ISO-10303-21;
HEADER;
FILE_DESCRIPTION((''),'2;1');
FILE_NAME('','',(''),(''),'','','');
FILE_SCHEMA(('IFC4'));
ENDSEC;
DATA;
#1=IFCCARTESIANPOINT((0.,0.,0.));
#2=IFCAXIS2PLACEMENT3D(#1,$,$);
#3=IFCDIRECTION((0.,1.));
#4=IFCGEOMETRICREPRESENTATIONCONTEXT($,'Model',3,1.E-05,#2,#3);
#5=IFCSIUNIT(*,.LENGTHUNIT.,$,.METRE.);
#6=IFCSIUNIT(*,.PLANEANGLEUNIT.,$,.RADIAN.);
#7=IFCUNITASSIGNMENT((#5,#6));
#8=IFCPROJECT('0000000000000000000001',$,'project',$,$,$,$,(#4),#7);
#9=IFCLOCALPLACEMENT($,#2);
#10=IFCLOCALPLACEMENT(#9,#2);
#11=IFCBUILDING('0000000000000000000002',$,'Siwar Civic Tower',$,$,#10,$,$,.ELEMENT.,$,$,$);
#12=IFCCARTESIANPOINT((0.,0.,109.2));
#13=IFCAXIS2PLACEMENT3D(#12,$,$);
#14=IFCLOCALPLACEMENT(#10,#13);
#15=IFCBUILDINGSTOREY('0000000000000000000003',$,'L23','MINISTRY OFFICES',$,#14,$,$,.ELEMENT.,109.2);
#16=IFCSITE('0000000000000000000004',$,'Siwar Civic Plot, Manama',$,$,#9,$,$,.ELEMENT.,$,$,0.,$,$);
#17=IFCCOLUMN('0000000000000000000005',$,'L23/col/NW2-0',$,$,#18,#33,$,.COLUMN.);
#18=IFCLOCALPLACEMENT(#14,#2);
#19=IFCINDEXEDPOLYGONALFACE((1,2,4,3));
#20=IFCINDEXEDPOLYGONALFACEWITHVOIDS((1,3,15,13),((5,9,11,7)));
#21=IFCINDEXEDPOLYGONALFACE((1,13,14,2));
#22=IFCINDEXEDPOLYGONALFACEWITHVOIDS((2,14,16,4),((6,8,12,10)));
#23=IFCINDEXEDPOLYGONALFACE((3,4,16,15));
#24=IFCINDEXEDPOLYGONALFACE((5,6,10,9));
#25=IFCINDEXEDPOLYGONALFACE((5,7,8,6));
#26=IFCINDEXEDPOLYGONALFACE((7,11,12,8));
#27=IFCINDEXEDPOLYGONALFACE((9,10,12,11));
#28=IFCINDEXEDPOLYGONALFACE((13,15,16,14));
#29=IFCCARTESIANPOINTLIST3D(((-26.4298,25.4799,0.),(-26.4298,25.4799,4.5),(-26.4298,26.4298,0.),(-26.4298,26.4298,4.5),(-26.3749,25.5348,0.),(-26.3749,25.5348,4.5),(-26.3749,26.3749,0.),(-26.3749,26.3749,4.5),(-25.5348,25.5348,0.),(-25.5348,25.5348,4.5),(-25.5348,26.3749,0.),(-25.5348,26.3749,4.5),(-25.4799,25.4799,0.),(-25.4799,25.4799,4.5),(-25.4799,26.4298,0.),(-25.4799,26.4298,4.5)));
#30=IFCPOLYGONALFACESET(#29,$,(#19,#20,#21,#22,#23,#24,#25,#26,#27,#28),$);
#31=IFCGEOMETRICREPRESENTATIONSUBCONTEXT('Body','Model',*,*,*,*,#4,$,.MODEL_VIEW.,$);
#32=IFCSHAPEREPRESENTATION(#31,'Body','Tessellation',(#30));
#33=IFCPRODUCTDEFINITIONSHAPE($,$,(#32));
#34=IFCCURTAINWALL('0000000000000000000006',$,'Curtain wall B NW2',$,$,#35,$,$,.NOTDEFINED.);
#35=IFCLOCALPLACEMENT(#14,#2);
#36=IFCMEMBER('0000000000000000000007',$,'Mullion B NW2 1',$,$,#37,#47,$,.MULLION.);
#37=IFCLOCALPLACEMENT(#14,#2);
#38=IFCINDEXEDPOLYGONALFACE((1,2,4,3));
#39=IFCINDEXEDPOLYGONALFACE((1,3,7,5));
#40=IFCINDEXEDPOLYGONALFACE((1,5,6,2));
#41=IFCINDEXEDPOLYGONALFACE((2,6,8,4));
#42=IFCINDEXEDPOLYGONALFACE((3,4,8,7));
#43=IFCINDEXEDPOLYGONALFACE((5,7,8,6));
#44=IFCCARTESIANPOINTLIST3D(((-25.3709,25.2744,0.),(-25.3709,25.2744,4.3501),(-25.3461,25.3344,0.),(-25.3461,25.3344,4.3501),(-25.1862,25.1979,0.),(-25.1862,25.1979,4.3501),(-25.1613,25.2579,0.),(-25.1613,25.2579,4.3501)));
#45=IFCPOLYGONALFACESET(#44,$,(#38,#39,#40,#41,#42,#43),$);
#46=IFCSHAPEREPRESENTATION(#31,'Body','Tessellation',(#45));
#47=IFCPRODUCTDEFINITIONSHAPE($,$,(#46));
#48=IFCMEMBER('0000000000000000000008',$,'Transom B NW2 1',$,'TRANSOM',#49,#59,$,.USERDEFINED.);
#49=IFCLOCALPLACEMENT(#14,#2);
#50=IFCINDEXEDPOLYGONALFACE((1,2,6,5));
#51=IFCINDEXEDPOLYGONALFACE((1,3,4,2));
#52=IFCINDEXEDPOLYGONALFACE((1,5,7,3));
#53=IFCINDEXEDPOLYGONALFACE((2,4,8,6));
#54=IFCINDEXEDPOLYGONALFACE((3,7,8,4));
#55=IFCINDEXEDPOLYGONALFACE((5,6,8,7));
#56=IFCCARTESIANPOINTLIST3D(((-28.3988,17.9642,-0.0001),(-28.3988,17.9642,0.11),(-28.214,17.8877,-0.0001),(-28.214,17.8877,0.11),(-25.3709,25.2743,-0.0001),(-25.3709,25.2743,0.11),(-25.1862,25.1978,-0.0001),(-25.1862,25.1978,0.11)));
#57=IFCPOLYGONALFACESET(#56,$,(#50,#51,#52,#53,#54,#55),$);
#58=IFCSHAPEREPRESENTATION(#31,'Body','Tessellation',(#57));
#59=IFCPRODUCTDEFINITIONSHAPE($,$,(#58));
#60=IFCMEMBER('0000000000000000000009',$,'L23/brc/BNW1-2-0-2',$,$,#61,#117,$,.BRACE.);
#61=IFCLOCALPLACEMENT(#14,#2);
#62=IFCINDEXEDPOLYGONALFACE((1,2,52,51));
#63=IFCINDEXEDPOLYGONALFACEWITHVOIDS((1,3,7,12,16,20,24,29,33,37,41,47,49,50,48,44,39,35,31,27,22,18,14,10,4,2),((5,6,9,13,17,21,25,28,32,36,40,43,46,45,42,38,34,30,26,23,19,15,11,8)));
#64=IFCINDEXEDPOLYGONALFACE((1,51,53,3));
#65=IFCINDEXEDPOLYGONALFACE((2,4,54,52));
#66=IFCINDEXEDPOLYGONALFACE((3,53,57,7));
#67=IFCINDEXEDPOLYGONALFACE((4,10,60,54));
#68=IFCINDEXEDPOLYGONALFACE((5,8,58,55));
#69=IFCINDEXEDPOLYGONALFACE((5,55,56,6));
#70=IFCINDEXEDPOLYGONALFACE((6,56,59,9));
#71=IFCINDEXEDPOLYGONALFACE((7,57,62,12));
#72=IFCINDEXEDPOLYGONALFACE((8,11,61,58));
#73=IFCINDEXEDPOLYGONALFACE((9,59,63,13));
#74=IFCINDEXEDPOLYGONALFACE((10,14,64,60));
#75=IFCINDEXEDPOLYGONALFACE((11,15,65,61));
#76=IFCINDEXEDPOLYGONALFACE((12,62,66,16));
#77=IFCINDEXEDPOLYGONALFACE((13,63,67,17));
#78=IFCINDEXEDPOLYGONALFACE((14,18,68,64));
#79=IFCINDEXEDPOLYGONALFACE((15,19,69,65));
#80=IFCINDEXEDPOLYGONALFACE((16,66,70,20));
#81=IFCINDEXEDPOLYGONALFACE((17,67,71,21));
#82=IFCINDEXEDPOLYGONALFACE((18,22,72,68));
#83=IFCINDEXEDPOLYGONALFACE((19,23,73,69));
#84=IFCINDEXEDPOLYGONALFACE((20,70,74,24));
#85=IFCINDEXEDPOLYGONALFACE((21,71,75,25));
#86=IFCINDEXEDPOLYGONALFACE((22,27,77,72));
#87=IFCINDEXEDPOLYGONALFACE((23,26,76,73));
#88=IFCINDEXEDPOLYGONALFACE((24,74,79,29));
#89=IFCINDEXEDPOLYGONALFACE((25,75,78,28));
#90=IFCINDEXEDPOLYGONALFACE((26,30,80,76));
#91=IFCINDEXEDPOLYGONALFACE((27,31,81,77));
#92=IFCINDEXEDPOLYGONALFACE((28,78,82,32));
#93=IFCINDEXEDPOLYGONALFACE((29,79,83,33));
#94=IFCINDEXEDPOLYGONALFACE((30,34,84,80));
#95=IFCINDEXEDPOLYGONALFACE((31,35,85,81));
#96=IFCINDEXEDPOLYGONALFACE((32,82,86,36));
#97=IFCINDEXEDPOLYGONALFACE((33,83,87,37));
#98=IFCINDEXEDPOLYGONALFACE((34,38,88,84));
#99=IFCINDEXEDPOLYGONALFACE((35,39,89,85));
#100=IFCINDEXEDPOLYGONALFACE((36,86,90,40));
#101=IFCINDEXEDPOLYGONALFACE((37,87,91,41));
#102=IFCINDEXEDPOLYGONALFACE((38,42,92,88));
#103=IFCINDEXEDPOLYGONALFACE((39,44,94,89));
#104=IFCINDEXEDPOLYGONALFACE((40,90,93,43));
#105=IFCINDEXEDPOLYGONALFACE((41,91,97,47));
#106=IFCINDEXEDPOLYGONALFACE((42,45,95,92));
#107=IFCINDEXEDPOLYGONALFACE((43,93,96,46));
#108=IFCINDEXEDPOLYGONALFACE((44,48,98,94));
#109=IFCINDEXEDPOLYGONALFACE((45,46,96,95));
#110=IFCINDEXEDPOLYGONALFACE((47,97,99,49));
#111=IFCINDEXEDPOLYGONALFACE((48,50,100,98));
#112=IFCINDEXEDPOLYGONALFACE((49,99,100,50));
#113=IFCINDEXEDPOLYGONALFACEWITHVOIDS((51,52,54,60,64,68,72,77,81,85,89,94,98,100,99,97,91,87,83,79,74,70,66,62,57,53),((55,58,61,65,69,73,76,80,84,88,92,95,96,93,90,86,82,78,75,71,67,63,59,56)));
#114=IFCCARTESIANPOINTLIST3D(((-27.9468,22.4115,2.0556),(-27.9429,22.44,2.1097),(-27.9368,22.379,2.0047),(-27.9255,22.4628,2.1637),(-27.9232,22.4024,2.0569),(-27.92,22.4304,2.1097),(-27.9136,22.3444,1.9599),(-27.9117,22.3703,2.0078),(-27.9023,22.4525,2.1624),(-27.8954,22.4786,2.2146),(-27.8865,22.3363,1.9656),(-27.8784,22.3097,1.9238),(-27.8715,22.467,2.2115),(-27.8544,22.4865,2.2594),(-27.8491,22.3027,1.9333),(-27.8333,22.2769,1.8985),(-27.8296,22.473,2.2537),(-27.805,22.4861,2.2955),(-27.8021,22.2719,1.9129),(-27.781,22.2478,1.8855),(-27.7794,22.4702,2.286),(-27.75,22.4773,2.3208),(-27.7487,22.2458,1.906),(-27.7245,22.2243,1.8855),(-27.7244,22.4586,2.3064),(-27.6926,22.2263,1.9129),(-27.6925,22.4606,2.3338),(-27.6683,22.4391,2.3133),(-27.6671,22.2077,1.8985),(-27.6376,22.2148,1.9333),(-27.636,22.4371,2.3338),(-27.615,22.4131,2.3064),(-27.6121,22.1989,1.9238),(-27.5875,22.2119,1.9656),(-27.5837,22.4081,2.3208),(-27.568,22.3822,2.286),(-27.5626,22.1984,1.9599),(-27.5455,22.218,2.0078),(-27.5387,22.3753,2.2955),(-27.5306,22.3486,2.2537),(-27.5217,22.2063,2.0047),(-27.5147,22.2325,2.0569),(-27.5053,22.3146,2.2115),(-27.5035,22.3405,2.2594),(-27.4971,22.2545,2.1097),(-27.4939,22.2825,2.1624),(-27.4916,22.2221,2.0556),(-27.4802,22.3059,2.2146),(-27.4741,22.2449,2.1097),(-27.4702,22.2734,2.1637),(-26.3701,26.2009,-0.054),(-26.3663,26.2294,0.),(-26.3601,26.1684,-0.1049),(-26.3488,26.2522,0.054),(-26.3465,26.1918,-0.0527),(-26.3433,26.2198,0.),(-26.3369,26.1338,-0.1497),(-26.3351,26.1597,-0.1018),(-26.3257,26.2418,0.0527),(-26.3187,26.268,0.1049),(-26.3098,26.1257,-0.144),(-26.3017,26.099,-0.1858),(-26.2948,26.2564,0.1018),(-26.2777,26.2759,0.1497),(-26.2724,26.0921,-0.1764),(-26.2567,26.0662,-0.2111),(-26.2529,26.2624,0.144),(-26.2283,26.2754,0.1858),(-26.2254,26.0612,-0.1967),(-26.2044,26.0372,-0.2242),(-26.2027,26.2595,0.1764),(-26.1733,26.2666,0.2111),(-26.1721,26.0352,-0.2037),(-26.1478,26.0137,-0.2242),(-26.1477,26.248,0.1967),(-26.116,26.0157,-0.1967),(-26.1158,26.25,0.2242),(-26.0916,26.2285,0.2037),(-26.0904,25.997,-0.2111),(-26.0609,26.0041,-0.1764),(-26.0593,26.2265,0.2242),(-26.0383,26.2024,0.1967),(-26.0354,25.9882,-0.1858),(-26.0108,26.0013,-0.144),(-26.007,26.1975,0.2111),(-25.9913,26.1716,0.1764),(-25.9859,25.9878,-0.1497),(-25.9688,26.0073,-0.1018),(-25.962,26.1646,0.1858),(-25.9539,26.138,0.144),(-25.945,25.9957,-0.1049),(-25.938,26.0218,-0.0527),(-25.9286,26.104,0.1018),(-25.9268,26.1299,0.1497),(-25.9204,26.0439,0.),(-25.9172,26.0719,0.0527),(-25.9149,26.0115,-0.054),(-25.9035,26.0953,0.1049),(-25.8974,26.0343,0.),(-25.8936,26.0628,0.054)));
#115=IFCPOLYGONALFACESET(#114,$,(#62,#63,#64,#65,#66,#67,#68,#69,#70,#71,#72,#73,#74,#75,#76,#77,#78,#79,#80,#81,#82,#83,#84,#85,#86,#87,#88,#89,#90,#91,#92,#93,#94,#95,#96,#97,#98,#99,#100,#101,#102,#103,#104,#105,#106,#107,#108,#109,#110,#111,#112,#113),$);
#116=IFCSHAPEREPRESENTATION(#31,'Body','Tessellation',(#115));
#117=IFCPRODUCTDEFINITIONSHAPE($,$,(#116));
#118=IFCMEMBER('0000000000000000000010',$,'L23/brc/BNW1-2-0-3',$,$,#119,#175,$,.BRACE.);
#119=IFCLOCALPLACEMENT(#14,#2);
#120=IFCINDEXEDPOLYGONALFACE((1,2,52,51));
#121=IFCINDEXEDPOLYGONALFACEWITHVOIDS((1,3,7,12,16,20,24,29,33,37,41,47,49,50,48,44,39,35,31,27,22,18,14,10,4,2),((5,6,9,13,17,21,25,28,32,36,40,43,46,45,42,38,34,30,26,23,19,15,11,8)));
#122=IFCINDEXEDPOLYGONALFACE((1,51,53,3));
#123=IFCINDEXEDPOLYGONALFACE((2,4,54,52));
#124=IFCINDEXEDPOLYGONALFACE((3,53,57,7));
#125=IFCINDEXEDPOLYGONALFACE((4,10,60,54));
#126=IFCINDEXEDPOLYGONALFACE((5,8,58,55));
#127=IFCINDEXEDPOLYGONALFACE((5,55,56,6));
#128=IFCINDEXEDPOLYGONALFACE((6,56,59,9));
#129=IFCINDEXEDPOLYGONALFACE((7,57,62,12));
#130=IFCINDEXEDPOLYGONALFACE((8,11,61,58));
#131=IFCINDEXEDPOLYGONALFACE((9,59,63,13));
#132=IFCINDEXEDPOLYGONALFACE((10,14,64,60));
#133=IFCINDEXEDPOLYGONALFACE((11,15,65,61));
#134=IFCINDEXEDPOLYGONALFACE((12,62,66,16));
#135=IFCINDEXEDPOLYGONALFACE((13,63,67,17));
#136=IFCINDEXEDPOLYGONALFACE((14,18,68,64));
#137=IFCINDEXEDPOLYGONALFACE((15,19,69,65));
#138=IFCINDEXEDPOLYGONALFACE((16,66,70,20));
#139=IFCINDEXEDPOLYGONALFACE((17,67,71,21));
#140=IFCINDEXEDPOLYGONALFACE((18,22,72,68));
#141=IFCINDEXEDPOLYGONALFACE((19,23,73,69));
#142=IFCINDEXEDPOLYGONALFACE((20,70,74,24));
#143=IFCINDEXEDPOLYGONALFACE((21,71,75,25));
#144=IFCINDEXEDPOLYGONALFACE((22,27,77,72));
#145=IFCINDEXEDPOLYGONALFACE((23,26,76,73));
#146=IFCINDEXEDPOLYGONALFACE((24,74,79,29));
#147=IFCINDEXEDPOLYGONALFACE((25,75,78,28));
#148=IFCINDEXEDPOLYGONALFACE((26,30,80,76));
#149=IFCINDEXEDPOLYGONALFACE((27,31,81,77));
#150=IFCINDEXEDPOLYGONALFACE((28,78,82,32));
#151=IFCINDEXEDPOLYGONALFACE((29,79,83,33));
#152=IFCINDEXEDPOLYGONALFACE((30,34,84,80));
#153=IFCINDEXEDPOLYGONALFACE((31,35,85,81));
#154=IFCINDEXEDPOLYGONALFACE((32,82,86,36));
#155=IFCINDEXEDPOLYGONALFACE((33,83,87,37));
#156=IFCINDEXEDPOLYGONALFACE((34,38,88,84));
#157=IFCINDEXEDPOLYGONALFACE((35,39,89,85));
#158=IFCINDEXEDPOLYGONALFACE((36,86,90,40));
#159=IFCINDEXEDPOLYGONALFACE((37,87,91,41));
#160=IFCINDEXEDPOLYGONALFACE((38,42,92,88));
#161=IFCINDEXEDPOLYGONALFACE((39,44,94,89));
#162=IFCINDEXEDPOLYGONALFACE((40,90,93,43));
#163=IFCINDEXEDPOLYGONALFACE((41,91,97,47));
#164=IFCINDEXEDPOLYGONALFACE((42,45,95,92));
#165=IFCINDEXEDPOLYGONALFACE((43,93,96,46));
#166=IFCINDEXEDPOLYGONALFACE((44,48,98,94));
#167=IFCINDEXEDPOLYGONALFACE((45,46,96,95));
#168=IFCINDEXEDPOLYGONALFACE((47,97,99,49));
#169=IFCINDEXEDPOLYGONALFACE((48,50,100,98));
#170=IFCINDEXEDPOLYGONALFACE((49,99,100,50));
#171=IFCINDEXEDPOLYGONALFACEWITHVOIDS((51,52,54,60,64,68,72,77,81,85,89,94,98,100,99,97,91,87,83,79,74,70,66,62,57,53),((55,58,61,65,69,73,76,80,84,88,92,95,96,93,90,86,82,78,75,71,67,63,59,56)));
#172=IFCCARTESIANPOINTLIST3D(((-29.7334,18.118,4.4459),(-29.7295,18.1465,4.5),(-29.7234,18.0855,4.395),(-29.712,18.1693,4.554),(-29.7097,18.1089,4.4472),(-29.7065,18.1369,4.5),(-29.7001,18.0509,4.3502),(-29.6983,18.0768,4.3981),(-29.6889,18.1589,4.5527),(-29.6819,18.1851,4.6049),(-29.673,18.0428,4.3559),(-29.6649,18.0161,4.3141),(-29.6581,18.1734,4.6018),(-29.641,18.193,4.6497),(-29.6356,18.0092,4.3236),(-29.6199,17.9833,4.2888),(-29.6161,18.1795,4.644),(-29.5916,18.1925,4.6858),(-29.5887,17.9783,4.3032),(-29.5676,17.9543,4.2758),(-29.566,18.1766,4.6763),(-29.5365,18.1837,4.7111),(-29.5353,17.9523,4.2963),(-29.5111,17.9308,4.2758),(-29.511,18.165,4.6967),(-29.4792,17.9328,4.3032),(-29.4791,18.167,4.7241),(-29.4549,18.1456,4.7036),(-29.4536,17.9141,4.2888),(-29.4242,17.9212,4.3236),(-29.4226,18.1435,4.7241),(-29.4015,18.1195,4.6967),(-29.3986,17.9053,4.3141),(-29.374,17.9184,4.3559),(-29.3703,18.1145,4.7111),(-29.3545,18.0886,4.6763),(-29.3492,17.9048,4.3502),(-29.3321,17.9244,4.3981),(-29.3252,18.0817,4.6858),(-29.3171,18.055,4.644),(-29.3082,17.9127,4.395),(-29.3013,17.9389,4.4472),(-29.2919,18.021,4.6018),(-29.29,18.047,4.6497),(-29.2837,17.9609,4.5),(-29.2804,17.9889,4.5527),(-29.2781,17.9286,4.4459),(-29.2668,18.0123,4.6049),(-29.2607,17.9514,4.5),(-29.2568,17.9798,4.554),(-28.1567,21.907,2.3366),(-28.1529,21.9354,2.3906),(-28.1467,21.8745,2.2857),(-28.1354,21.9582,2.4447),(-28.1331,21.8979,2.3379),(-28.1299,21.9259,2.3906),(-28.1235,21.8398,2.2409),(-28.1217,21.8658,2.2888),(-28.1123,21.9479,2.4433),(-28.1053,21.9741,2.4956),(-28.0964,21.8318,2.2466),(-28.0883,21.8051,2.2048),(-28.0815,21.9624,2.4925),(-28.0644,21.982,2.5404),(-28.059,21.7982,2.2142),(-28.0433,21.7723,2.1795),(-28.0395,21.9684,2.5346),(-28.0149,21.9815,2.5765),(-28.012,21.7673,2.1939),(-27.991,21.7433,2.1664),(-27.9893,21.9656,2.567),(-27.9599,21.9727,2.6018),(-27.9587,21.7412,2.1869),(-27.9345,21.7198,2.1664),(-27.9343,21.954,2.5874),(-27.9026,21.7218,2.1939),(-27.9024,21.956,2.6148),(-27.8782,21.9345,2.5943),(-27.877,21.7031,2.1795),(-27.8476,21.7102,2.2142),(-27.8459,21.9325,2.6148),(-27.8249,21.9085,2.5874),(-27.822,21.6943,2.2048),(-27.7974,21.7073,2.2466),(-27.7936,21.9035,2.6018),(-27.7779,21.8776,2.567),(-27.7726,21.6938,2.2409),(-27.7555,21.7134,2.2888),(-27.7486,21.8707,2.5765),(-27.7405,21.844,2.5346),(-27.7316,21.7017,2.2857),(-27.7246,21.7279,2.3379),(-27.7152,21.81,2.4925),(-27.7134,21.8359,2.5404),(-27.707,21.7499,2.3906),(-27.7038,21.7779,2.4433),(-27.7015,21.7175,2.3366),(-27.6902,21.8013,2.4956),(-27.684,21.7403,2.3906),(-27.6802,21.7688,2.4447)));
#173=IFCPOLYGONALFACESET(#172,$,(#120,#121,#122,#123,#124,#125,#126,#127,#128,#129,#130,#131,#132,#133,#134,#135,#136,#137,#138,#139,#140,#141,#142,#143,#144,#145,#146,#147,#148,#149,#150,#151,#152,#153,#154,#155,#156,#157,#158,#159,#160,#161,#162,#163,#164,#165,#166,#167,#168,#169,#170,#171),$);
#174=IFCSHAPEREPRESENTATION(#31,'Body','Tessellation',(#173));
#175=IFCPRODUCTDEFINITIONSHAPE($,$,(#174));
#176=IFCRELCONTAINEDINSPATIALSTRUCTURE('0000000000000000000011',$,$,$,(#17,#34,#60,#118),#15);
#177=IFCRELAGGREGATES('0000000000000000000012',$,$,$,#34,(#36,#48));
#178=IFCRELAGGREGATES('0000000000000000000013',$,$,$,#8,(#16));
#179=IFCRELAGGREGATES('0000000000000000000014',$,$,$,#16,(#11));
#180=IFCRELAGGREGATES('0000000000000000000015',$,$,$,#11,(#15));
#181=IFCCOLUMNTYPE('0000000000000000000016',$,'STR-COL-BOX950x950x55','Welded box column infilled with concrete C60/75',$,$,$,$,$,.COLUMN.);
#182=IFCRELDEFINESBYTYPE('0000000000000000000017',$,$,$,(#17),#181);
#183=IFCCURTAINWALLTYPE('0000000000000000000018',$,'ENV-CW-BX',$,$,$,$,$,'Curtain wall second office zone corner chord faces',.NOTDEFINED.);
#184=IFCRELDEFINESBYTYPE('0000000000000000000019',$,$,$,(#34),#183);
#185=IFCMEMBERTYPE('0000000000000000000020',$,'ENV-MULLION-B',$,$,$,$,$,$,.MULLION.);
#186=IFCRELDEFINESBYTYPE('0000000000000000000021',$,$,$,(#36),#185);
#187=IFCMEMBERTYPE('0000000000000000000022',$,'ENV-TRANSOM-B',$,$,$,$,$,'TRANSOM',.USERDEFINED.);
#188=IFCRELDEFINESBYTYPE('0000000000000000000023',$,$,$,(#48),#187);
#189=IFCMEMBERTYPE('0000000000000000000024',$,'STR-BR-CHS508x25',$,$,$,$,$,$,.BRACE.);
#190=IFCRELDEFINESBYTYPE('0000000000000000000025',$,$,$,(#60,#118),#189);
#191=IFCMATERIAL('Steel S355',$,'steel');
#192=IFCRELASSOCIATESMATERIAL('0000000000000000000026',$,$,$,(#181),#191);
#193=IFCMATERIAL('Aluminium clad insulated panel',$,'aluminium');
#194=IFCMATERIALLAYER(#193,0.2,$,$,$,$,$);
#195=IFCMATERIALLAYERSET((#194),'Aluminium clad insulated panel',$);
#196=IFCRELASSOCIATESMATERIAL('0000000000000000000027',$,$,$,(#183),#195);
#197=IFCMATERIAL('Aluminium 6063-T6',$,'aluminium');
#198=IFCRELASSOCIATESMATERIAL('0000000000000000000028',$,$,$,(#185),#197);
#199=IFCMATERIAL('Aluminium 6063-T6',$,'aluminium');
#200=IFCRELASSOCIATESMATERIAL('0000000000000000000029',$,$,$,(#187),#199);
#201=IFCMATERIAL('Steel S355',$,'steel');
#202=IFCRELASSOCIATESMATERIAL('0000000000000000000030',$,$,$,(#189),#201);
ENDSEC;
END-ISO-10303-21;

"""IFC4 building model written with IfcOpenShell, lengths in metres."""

from ifc_helpers import new_model, si_unit, direction, frame, origin, origin_2d, place, context, subcontext, project, spatial, rectangle, hollow_rectangle, hollow_circle, extrude, material, layer, layer_set, material_profile, profile_set, type_object, element, aggregate, save


model = new_model("IFC4")

# Units and contexts
model_context = context("Model", 3, precision=1e-05, world=origin(), true_north=direction((0.0, 1.0)))
body_context = subcontext(model_context, "Body", "Model", "MODEL_VIEW")
ifc_project = project(units=[si_unit("LENGTHUNIT", "METRE"), si_unit("PLANEANGLEUNIT", "RADIAN")], contexts=[model_context])

# Site, building, storey
site_placement = place(None, origin())
site = spatial("IfcSite", under=ifc_project, at=site_placement, Name="Siwar Civic Plot, Manama", CompositionType="ELEMENT", RefElevation=0.0)
building_placement = place(site_placement, origin())
building = spatial("IfcBuilding", under=site, at=building_placement, Name="Siwar Civic Tower", CompositionType="ELEMENT")
storey_placement = place(building_placement, frame((0.0, 0.0, 109.2)))
storey = spatial("IfcBuildingStorey", under=building, at=storey_placement, Name="L23", Description="MINISTRY OFFICES", CompositionType="ELEMENT", Elevation=109.2)

# Column
ifc_material_1 = material(Name="Steel S355", Category="steel")
ifc_material_profile_1 = material_profile(ifc_material_1, hollow_rectangle(XDim=0.95, YDim=0.95, WallThickness=0.0549, at=origin_2d()), Name="BOX950x950x55")
ifc_profile_set_1 = profile_set([ifc_material_profile_1], Name="Steel S355")
column_type = type_object("IfcColumnType", Name="STR-COL-BOX950x950x55", Description="Welded box column infilled with concrete C60/75", PredefinedType="COLUMN", material=ifc_profile_set_1)
column_placement = place(storey_placement, frame((-25.9548, 25.9548, 0.0), z_axis=(0.0, 0.0, 1.0), x_axis=(1.0, 0.0, 0.0)))
element("IfcColumn", 1, at=column_placement, inside=storey, type_object=column_type, Name="L23/col/NW2-0", PredefinedType="COLUMN", context=body_context, shape_type="SweptSolid", body=[
    extrude(hollow_rectangle(XDim=0.95, YDim=0.95, WallThickness=0.0549, at=origin_2d()), origin(), (0.0, 0.0, 1.0), 4.5),
])

# Curtain wall, members
ifc_material_2 = material(Name="Aluminium clad insulated panel", Category="aluminium")
ifc_layer_1 = layer(ifc_material_2, 0.2)
ifc_layer_set_1 = layer_set([ifc_layer_1], Name="Aluminium clad insulated panel")
curtain_wall_type = type_object("IfcCurtainWallType", Name="ENV-CW-BX", ElementType="Curtain wall second office zone corner chord faces", PredefinedType="NOTDEFINED", material=ifc_layer_set_1)
curtain_wall_placement = place(storey_placement, origin())
curtain_wall = element("IfcCurtainWall", 2, at=curtain_wall_placement, inside=storey, type_object=curtain_wall_type, Name="Curtain wall B NW2", PredefinedType="NOTDEFINED")
ifc_material_3 = material(Name="Aluminium 6063-T6", Category="aluminium")
ifc_material_profile_2 = material_profile(ifc_material_3, rectangle(XDim=0.2, YDim=0.0649, at=origin_2d()), Name="AL 200x65")
ifc_profile_set_2 = profile_set([ifc_material_profile_2], Name="Aluminium 6063-T6")
member_type_1 = type_object("IfcMemberType", Name="ENV-MULLION-B", PredefinedType="MULLION", material=ifc_profile_set_2)
member_1_placement = place(storey_placement, frame((-25.2661, 25.2661, 0.0), z_axis=(0.0, 0.0, 1.0), x_axis=(0.92388, -0.382683, 0.0)))
member_1 = element("IfcMember", 3, at=member_1_placement, type_object=member_type_1, Name="Mullion B NW2 1", PredefinedType="MULLION", context=body_context, shape_type="SweptSolid", body=[
    extrude(rectangle(XDim=0.2, YDim=0.0649, at=origin_2d()), origin(), (0.0, 0.0, 1.0), 4.3501),
])
ifc_material_4 = material(Name="Aluminium 6063-T6", Category="aluminium")
ifc_material_profile_3 = material_profile(ifc_material_4, rectangle(XDim=0.2, YDim=0.1101, at=origin_2d()), Name="AL 200x110")
ifc_profile_set_3 = profile_set([ifc_material_profile_3], Name="Aluminium 6063-T6")
member_type_2 = type_object("IfcMemberType", Name="ENV-TRANSOM-B", ElementType="TRANSOM", PredefinedType="USERDEFINED", material=ifc_profile_set_3)
member_2_placement = place(storey_placement, frame((-25.2786, 25.2361, 0.0549), z_axis=(-0.382673, -0.923884, 0.0), x_axis=(0.923884, -0.382673, 0.0)))
member_2 = element("IfcMember", 4, at=member_2_placement, type_object=member_type_2, Name="Transom B NW2 1", ObjectType="TRANSOM", PredefinedType="USERDEFINED", context=body_context, shape_type="SweptSolid", body=[
    extrude(rectangle(XDim=0.2, YDim=0.1101, at=origin_2d()), origin(), (0.0, 0.0, 1.0), 7.9124),
])

# Members
ifc_material_5 = material(Name="Steel S355", Category="steel")
ifc_material_profile_4 = material_profile(ifc_material_5, hollow_circle(Radius=0.2539, WallThickness=0.0249, at=origin_2d()), Name="CHS508x25")
ifc_profile_set_4 = profile_set([ifc_material_profile_4], Name="Steel S355")
member_type_3 = type_object("IfcMemberType", Name="STR-BR-CHS508x25", PredefinedType="BRACE", material=ifc_profile_set_4)
member_3_placement = place(storey_placement, frame((-26.1318, 26.1318, 0.0), z_axis=(-0.341662, -0.821143, 0.457155), x_axis=(0.923269, -0.384155, 0.0)))
element("IfcMember", 5, at=member_3_placement, inside=storey, type_object=member_type_3, Name="L23/brc/BNW1-2-0-2", PredefinedType="BRACE", context=body_context, shape_type="SweptSolid", body=[
    extrude(hollow_circle(Radius=0.2539, WallThickness=0.0249, at=origin_2d()), origin(), (0.0, 0.0, 1.0), 4.6147),
])
member_4_placement = place(storey_placement, frame((-27.9185, 21.8379, 2.3906), z_axis=(-0.341686, -0.821146, 0.457133), x_axis=(0.92326, -0.384176, 0.0)))
element("IfcMember", 6, at=member_4_placement, inside=storey, type_object=member_type_3, Name="L23/brc/BNW1-2-0-3", PredefinedType="BRACE", context=body_context, shape_type="SweptSolid", body=[
    extrude(hollow_circle(Radius=0.2539, WallThickness=0.0249, at=origin_2d()), origin(), (0.0, 0.0, 1.0), 4.6143),
])

aggregate(curtain_wall, [member_1, member_2])

save(model, "model.ifc")
